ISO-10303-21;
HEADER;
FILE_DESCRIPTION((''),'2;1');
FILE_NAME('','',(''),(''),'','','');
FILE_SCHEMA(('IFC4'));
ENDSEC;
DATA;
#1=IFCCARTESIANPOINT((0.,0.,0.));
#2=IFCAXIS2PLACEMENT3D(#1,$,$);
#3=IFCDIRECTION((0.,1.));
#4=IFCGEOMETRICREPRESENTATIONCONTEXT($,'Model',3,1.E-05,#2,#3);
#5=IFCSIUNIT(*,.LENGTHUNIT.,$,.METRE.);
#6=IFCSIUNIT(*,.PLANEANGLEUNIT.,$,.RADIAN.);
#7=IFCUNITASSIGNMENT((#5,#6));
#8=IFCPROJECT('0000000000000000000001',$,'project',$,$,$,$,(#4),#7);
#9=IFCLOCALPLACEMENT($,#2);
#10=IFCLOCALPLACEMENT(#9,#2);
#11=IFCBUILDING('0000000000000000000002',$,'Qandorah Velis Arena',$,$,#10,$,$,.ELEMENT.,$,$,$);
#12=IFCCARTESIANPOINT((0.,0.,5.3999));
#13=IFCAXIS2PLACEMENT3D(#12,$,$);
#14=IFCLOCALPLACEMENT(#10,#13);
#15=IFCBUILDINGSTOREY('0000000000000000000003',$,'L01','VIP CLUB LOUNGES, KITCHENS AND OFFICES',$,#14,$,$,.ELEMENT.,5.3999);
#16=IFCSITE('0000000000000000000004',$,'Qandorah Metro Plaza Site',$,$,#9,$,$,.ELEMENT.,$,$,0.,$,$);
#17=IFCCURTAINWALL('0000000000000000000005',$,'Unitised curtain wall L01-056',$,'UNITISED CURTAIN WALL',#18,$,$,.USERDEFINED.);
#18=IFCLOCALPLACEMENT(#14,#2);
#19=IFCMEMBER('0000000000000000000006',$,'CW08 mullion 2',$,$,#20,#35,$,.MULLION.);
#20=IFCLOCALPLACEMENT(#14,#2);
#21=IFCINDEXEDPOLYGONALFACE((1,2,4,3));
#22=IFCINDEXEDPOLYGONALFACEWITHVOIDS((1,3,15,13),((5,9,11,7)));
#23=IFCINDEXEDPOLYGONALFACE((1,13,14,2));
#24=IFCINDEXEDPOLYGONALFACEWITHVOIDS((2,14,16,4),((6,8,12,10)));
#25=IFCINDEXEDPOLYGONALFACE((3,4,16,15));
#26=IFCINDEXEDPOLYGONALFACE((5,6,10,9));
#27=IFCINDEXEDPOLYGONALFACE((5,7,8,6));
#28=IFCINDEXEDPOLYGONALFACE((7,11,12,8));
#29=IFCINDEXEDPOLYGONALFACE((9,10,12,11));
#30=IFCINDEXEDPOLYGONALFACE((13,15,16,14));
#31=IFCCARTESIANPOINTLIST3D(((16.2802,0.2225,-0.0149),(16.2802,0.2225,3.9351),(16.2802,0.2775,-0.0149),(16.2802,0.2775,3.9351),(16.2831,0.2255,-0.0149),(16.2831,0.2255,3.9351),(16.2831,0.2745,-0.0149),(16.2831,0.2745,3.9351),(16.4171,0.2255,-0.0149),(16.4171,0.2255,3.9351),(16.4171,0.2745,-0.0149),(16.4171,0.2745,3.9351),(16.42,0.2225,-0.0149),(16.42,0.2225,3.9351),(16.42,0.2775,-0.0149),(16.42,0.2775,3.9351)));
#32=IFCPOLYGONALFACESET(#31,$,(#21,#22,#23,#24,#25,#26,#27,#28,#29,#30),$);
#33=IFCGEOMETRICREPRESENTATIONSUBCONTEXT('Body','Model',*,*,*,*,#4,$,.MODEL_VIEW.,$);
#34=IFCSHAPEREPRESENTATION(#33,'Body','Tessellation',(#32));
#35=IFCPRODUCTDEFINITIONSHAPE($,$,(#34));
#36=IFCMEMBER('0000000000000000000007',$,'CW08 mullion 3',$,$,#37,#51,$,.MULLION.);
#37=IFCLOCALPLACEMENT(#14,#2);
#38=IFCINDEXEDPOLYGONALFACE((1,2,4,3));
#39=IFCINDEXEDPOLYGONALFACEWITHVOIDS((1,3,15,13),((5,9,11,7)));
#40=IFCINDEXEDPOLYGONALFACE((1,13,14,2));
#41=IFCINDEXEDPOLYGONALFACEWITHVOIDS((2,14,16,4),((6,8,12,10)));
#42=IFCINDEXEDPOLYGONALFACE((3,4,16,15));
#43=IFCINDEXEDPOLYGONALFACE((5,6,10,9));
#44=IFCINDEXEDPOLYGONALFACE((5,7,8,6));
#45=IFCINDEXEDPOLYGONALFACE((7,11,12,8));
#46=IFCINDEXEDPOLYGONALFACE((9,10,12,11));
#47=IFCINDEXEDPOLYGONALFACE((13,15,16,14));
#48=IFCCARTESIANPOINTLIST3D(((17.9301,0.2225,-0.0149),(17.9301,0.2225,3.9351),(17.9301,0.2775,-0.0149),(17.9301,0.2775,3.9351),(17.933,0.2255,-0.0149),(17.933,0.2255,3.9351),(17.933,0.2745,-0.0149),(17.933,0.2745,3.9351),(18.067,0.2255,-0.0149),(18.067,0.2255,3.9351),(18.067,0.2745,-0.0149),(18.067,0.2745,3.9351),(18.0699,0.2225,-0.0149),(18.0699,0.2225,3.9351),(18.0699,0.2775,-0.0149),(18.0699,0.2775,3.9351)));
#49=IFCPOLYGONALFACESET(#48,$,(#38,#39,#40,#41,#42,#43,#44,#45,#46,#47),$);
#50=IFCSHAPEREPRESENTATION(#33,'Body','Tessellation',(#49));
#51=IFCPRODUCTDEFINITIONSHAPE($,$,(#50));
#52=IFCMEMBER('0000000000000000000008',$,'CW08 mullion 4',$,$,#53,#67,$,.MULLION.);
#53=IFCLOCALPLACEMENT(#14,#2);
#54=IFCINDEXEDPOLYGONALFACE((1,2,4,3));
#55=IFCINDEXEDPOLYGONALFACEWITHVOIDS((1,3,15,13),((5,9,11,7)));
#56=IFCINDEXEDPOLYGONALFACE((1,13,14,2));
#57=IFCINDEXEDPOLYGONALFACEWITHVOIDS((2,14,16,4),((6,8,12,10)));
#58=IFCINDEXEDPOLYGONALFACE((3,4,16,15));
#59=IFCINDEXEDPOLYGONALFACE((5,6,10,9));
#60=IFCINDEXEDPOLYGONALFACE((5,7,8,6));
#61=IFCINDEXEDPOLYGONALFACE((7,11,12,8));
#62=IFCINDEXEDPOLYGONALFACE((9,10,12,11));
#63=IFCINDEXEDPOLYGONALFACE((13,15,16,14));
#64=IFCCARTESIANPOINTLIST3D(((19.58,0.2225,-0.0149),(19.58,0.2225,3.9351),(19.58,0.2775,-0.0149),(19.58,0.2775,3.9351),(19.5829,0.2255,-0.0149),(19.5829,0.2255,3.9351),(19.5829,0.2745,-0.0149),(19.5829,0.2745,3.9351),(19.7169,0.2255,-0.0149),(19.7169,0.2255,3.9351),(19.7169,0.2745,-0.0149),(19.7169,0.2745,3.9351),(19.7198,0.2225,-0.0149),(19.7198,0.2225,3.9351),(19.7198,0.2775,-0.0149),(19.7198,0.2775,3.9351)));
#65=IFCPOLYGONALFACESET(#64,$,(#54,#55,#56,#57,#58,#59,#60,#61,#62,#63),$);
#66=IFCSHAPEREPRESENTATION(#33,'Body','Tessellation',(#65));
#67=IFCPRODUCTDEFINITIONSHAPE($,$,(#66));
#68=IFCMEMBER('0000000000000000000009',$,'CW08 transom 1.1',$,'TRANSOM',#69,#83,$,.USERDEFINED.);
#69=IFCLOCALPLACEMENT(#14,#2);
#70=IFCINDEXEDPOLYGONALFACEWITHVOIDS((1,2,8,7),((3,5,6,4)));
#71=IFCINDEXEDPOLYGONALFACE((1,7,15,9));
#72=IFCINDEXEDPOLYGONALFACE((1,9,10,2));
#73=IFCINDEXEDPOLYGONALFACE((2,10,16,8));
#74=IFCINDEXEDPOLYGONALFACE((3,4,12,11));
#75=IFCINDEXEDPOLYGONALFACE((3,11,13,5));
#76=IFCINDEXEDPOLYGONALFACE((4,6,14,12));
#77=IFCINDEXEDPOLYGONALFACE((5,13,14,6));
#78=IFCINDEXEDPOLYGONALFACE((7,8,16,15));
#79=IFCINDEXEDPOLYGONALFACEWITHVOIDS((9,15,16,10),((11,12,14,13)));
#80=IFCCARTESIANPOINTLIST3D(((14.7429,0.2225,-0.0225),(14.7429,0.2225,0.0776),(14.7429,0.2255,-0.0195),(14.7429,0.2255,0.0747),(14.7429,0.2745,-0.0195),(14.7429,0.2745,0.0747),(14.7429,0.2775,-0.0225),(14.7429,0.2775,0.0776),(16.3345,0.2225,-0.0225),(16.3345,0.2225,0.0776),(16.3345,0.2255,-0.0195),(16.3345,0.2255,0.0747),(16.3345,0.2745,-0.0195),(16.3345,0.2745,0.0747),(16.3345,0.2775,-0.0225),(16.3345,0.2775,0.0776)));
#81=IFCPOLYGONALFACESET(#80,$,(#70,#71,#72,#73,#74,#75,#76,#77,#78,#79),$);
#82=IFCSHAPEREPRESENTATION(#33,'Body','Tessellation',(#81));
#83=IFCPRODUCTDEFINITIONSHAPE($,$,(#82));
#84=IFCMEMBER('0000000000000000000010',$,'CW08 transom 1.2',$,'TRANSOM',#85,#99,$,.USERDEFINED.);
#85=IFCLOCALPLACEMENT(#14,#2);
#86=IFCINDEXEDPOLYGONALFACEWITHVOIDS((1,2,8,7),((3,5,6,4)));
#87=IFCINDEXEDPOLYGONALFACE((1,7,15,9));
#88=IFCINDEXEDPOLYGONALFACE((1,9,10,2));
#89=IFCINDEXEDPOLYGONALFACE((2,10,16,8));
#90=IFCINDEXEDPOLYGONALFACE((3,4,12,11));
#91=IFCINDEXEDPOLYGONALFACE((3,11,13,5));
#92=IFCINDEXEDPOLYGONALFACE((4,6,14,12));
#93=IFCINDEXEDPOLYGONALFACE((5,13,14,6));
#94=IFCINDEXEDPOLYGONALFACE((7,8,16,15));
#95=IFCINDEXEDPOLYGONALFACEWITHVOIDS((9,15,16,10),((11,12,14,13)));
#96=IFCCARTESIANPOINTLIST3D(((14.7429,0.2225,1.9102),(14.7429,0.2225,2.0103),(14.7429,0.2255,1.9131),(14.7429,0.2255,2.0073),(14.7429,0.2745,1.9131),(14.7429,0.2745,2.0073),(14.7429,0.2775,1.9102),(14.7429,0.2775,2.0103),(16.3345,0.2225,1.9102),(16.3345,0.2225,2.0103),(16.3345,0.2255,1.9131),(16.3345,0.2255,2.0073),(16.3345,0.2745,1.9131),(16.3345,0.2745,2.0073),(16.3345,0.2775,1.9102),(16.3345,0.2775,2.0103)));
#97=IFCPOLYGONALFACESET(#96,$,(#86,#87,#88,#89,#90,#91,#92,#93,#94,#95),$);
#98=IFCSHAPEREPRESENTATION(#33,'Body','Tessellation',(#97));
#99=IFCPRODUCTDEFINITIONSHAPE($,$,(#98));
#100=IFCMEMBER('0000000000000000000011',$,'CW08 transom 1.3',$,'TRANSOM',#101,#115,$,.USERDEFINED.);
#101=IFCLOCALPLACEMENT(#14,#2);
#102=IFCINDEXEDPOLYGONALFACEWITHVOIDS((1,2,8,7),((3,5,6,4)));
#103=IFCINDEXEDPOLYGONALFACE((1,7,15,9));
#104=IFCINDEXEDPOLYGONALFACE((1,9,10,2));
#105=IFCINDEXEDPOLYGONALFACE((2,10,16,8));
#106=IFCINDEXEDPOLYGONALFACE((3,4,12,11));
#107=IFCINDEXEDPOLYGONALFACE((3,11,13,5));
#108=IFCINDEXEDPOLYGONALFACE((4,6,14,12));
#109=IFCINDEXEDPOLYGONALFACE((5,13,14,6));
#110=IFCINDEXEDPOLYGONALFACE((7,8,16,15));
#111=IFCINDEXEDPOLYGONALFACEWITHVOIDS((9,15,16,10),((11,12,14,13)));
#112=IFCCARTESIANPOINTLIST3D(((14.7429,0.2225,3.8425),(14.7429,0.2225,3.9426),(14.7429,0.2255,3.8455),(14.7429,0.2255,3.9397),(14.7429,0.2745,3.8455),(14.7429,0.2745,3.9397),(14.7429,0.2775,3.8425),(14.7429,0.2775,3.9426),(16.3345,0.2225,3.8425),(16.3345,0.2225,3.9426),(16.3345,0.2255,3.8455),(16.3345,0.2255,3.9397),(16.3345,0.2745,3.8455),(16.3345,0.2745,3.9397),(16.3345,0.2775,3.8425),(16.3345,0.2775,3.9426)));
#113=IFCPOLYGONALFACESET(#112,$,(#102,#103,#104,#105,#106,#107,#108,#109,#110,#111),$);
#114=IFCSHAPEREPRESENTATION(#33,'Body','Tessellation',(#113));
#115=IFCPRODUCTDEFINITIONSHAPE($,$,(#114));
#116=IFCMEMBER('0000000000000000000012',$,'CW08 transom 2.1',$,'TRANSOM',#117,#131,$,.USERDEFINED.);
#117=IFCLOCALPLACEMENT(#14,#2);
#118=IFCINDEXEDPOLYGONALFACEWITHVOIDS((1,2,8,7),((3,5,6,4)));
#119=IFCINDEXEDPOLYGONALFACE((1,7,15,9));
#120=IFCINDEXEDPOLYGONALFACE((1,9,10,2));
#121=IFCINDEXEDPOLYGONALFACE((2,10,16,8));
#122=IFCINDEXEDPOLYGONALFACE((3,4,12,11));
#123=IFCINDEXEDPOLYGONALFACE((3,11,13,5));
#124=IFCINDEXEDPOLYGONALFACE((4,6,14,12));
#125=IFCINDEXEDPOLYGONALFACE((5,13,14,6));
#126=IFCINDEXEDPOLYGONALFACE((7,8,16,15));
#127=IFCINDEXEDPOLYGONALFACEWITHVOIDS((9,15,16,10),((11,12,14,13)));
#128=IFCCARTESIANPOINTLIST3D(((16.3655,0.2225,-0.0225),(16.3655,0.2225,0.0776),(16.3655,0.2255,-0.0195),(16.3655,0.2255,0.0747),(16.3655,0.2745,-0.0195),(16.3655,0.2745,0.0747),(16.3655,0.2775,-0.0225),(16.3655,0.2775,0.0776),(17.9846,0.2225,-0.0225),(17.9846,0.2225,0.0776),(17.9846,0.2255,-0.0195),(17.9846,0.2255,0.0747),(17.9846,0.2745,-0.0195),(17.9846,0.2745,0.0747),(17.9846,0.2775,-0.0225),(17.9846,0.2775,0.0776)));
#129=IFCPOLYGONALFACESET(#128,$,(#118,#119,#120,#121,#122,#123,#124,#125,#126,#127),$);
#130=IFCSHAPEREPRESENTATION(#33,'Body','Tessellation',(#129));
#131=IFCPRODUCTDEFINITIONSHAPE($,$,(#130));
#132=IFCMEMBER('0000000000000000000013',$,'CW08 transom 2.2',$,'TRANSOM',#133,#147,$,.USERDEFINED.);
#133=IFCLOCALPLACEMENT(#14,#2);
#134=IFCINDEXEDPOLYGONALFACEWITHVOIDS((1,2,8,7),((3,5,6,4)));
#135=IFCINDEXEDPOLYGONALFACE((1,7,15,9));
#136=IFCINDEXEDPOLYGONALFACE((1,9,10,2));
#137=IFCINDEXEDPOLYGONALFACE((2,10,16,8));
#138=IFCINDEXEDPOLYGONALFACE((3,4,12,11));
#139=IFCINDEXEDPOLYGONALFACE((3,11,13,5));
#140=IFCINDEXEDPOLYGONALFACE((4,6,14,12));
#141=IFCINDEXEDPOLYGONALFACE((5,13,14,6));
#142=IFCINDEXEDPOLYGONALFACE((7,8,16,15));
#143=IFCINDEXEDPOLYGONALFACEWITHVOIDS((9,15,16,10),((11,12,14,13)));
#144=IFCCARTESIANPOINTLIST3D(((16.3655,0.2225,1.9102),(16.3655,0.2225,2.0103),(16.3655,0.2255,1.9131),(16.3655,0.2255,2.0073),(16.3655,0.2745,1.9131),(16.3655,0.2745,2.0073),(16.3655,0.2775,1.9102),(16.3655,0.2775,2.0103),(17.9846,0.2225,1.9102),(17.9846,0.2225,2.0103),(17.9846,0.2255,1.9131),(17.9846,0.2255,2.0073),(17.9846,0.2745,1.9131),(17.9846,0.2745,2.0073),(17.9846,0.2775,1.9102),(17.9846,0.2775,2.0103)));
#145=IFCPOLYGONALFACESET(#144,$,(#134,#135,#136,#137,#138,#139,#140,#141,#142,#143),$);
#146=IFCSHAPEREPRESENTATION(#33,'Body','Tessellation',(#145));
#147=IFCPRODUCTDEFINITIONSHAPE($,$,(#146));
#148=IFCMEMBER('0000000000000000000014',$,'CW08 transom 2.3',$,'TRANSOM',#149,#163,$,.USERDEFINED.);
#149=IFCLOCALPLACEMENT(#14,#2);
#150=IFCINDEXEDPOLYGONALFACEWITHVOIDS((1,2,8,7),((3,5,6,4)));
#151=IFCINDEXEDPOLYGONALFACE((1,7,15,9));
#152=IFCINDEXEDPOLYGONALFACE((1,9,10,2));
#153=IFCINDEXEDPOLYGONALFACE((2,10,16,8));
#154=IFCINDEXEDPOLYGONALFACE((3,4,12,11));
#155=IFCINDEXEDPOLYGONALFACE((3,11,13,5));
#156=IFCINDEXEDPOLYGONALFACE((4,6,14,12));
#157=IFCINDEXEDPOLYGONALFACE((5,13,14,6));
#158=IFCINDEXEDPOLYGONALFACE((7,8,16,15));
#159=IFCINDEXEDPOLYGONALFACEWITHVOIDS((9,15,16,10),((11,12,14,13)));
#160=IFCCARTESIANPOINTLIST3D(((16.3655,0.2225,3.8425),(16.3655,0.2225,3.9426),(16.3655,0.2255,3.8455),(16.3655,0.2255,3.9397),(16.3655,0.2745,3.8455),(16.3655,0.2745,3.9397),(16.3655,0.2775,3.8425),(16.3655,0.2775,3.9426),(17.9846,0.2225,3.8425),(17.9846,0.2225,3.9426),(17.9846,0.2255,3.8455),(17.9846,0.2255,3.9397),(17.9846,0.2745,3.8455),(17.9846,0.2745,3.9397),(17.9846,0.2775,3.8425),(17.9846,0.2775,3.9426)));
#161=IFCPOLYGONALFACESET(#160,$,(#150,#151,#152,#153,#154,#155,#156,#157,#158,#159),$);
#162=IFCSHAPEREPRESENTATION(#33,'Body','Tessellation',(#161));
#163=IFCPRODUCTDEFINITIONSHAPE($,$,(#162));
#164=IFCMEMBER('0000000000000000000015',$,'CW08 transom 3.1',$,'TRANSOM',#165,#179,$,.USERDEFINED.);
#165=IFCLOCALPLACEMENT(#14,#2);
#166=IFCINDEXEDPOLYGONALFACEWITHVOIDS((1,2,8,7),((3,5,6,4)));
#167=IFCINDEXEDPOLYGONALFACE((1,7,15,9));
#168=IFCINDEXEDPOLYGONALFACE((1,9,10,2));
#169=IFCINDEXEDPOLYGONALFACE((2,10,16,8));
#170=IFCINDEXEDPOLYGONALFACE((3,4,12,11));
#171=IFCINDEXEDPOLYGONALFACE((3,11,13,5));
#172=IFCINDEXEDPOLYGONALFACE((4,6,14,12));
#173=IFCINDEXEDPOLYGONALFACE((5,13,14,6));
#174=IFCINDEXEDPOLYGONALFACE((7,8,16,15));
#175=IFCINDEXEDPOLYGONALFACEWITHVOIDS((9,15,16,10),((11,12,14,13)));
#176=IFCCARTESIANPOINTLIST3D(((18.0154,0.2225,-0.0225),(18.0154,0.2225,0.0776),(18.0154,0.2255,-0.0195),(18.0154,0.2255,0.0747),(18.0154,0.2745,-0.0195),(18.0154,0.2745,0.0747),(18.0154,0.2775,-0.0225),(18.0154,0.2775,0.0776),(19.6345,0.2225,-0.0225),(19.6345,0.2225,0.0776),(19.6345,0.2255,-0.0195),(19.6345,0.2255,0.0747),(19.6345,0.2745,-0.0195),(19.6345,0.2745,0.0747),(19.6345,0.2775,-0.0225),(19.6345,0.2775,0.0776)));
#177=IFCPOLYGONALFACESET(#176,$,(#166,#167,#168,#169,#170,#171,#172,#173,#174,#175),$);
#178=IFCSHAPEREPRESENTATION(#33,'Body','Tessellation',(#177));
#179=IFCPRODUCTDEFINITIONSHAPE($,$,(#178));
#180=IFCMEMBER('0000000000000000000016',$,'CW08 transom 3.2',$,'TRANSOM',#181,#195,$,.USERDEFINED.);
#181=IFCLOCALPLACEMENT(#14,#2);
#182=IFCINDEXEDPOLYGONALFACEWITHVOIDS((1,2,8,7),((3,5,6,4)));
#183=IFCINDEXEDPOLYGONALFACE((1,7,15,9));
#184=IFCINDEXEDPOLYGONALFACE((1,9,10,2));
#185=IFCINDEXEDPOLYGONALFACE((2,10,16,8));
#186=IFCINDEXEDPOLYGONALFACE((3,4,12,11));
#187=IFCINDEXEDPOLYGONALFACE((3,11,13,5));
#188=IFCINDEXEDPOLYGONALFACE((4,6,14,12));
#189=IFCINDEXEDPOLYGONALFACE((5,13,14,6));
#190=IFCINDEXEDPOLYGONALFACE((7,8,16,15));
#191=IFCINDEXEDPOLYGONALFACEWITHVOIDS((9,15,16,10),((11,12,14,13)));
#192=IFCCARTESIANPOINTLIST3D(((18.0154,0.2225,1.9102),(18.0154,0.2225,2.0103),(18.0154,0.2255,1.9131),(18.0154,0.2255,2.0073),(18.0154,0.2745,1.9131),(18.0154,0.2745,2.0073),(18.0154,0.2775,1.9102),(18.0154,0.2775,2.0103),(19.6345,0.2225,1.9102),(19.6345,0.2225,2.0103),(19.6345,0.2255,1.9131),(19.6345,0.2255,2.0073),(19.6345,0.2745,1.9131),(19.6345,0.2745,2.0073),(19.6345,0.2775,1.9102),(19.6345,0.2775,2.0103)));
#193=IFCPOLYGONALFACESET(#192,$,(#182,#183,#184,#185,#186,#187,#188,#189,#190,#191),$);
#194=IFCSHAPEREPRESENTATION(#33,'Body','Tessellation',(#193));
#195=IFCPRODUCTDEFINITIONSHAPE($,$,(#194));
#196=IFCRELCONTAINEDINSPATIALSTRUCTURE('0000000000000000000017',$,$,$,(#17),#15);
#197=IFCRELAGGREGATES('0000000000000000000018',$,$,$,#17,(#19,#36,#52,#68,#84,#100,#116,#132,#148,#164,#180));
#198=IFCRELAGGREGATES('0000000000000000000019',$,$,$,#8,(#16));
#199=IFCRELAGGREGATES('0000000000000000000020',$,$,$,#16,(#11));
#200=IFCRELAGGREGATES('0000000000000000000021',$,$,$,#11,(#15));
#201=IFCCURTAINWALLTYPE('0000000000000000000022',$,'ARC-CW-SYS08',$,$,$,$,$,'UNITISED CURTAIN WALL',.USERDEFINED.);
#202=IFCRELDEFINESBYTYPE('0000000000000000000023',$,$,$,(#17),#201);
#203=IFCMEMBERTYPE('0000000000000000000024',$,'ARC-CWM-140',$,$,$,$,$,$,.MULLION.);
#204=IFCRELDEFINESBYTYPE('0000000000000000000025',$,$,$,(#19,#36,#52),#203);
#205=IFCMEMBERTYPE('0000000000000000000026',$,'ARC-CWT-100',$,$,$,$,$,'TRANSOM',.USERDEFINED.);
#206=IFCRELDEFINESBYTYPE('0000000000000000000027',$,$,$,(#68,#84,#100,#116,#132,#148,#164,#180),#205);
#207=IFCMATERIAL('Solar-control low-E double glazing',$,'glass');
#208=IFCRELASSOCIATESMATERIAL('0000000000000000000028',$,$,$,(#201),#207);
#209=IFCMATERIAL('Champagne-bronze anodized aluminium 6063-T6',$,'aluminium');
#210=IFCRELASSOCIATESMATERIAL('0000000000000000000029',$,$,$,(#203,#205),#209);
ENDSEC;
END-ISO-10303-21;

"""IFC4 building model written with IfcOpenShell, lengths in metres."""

from ifc_helpers import new_model, si_unit, direction, frame, origin, origin_2d, place, context, subcontext, project, spatial, hollow_rectangle, extrude, material, material_profile, profile_set, type_object, element, aggregate, save


model = new_model("IFC4")

# Units and contexts
model_context = context("Model", 3, precision=1e-05, world=origin(), true_north=direction((0.0, 1.0)))
body_context = subcontext(model_context, "Body", "Model", "MODEL_VIEW")
ifc_project = project(units=[si_unit("LENGTHUNIT", "METRE"), si_unit("PLANEANGLEUNIT", "RADIAN")], contexts=[model_context])

# Site, building, storey
site_placement = place(None, origin())
site = spatial("IfcSite", under=ifc_project, at=site_placement, Name="Qandorah Metro Plaza Site", CompositionType="ELEMENT", RefElevation=0.0)
building_placement = place(site_placement, origin())
building = spatial("IfcBuilding", under=site, at=building_placement, Name="Qandorah Velis Arena", CompositionType="ELEMENT")
storey_placement = place(building_placement, frame((0.0, 0.0, 5.3999)))
storey = spatial("IfcBuildingStorey", under=building, at=storey_placement, Name="L01", Description="VIP CLUB LOUNGES, KITCHENS AND OFFICES", CompositionType="ELEMENT", Elevation=5.3999)

# Curtain wall, members
ifc_material_1 = material(Name="Solar-control low-E double glazing", Category="glass")
curtain_wall_type = type_object("IfcCurtainWallType", Name="ARC-CW-SYS08", ElementType="UNITISED CURTAIN WALL", PredefinedType="USERDEFINED", material=ifc_material_1)
curtain_wall_placement = place(storey_placement, origin())
curtain_wall = element("IfcCurtainWall", 1, at=curtain_wall_placement, inside=storey, type_object=curtain_wall_type, Name="Unitised curtain wall L01-056", ObjectType="UNITISED CURTAIN WALL", PredefinedType="USERDEFINED")
ifc_material_2 = material(Name="Champagne-bronze anodized aluminium 6063-T6", Category="aluminium")
ifc_material_profile_1 = material_profile(ifc_material_2, hollow_rectangle(XDim=0.0549, YDim=0.1399, WallThickness=0.0029, at=origin_2d()), Name="ALU MULLION 55x140")
ifc_profile_set_1 = profile_set([ifc_material_profile_1], Name="Champagne-bronze anodized aluminium 6063-T6")
member_type_1 = type_object("IfcMemberType", Name="ARC-CWM-140", PredefinedType="MULLION", material=ifc_profile_set_1)
member_1_placement = place(storey_placement, frame((16.3501, 0.25, -0.0149), z_axis=(0.0, 0.0, 1.0), x_axis=(0.0, 1.0, 0.0)))
member_1 = element("IfcMember", 2, at=member_1_placement, type_object=member_type_1, Name="CW08 mullion 2", PredefinedType="MULLION", context=body_context, shape_type="SweptSolid", body=[
    extrude(hollow_rectangle(XDim=0.0549, YDim=0.1399, WallThickness=0.0029, at=origin_2d()), origin(), (0.0, 0.0, 1.0), 3.95),
])
member_2_placement = place(storey_placement, frame((18.0, 0.25, -0.0149), z_axis=(0.0, 0.0, 1.0), x_axis=(0.0, 1.0, 0.0)))
member_2 = element("IfcMember", 3, at=member_2_placement, type_object=member_type_1, Name="CW08 mullion 3", PredefinedType="MULLION", context=body_context, shape_type="SweptSolid", body=[
    extrude(hollow_rectangle(XDim=0.0549, YDim=0.1399, WallThickness=0.0029, at=origin_2d()), origin(), (0.0, 0.0, 1.0), 3.95),
])
member_3_placement = place(storey_placement, frame((19.6499, 0.25, -0.0149), z_axis=(0.0, 0.0, 1.0), x_axis=(0.0, 1.0, 0.0)))
member_3 = element("IfcMember", 4, at=member_3_placement, type_object=member_type_1, Name="CW08 mullion 4", PredefinedType="MULLION", context=body_context, shape_type="SweptSolid", body=[
    extrude(hollow_rectangle(XDim=0.0549, YDim=0.1399, WallThickness=0.0029, at=origin_2d()), origin(), (0.0, 0.0, 1.0), 3.95),
])
ifc_material_profile_2 = material_profile(ifc_material_2, hollow_rectangle(XDim=0.0549, YDim=0.1001, WallThickness=0.0029, at=origin_2d()), Name="ALU TRANSOM 55x100")
ifc_profile_set_2 = profile_set([ifc_material_profile_2], Name="Champagne-bronze anodized aluminium 6063-T6")
member_type_2 = type_object("IfcMemberType", Name="ARC-CWT-100", ElementType="TRANSOM", PredefinedType="USERDEFINED", material=ifc_profile_set_2)
member_4_placement = place(storey_placement, frame((14.7429, 0.25, 0.0276), z_axis=(1.0, 0.0, 0.0), x_axis=(0.0, 1.0, 0.0)))
member_4 = element("IfcMember", 5, at=member_4_placement, type_object=member_type_2, Name="CW08 transom 1.1", ObjectType="TRANSOM", PredefinedType="USERDEFINED", context=body_context, shape_type="SweptSolid", body=[
    extrude(hollow_rectangle(XDim=0.0549, YDim=0.1001, WallThickness=0.0029, at=origin_2d()), origin(), (0.0, 0.0, 1.0), 1.5916),
])
member_5_placement = place(storey_placement, frame((14.7429, 0.25, 1.9602), z_axis=(1.0, 0.0, 0.0), x_axis=(0.0, 1.0, 0.0)))
member_5 = element("IfcMember", 6, at=member_5_placement, type_object=member_type_2, Name="CW08 transom 1.2", ObjectType="TRANSOM", PredefinedType="USERDEFINED", context=body_context, shape_type="SweptSolid", body=[
    extrude(hollow_rectangle(XDim=0.0549, YDim=0.1001, WallThickness=0.0029, at=origin_2d()), origin(), (0.0, 0.0, 1.0), 1.5916),
])
member_6_placement = place(storey_placement, frame((14.7429, 0.25, 3.8926), z_axis=(1.0, 0.0, 0.0), x_axis=(0.0, 1.0, 0.0)))
member_6 = element("IfcMember", 7, at=member_6_placement, type_object=member_type_2, Name="CW08 transom 1.3", ObjectType="TRANSOM", PredefinedType="USERDEFINED", context=body_context, shape_type="SweptSolid", body=[
    extrude(hollow_rectangle(XDim=0.0549, YDim=0.1001, WallThickness=0.0029, at=origin_2d()), origin(), (0.0, 0.0, 1.0), 1.5916),
])
member_7_placement = place(storey_placement, frame((16.3655, 0.25, 0.0276), z_axis=(1.0, 0.0, 0.0), x_axis=(0.0, 1.0, 0.0)))
member_7 = element("IfcMember", 8, at=member_7_placement, type_object=member_type_2, Name="CW08 transom 2.1", ObjectType="TRANSOM", PredefinedType="USERDEFINED", context=body_context, shape_type="SweptSolid", body=[
    extrude(hollow_rectangle(XDim=0.0549, YDim=0.1001, WallThickness=0.0029, at=origin_2d()), origin(), (0.0, 0.0, 1.0), 1.6191),
])
member_8_placement = place(storey_placement, frame((16.3655, 0.25, 1.9602), z_axis=(1.0, 0.0, 0.0), x_axis=(0.0, 1.0, 0.0)))
member_8 = element("IfcMember", 9, at=member_8_placement, type_object=member_type_2, Name="CW08 transom 2.2", ObjectType="TRANSOM", PredefinedType="USERDEFINED", context=body_context, shape_type="SweptSolid", body=[
    extrude(hollow_rectangle(XDim=0.0549, YDim=0.1001, WallThickness=0.0029, at=origin_2d()), origin(), (0.0, 0.0, 1.0), 1.6191),
])
member_9_placement = place(storey_placement, frame((16.3655, 0.25, 3.8926), z_axis=(1.0, 0.0, 0.0), x_axis=(0.0, 1.0, 0.0)))
member_9 = element("IfcMember", 10, at=member_9_placement, type_object=member_type_2, Name="CW08 transom 2.3", ObjectType="TRANSOM", PredefinedType="USERDEFINED", context=body_context, shape_type="SweptSolid", body=[
    extrude(hollow_rectangle(XDim=0.0549, YDim=0.1001, WallThickness=0.0029, at=origin_2d()), origin(), (0.0, 0.0, 1.0), 1.6191),
])
member_10_placement = place(storey_placement, frame((18.0154, 0.25, 0.0276), z_axis=(1.0, 0.0, 0.0), x_axis=(0.0, 1.0, 0.0)))
member_10 = element("IfcMember", 11, at=member_10_placement, type_object=member_type_2, Name="CW08 transom 3.1", ObjectType="TRANSOM", PredefinedType="USERDEFINED", context=body_context, shape_type="SweptSolid", body=[
    extrude(hollow_rectangle(XDim=0.0549, YDim=0.1001, WallThickness=0.0029, at=origin_2d()), origin(), (0.0, 0.0, 1.0), 1.6191),
])
member_11_placement = place(storey_placement, frame((18.0154, 0.25, 1.9602), z_axis=(1.0, 0.0, 0.0), x_axis=(0.0, 1.0, 0.0)))
member_11 = element("IfcMember", 12, at=member_11_placement, type_object=member_type_2, Name="CW08 transom 3.2", ObjectType="TRANSOM", PredefinedType="USERDEFINED", context=body_context, shape_type="SweptSolid", body=[
    extrude(hollow_rectangle(XDim=0.0549, YDim=0.1001, WallThickness=0.0029, at=origin_2d()), origin(), (0.0, 0.0, 1.0), 1.6191),
])

aggregate(curtain_wall, [member_1, member_2, member_3, member_4, member_5, member_6, member_7, member_8, member_9, member_10, member_11])

save(model, "model.ifc")
